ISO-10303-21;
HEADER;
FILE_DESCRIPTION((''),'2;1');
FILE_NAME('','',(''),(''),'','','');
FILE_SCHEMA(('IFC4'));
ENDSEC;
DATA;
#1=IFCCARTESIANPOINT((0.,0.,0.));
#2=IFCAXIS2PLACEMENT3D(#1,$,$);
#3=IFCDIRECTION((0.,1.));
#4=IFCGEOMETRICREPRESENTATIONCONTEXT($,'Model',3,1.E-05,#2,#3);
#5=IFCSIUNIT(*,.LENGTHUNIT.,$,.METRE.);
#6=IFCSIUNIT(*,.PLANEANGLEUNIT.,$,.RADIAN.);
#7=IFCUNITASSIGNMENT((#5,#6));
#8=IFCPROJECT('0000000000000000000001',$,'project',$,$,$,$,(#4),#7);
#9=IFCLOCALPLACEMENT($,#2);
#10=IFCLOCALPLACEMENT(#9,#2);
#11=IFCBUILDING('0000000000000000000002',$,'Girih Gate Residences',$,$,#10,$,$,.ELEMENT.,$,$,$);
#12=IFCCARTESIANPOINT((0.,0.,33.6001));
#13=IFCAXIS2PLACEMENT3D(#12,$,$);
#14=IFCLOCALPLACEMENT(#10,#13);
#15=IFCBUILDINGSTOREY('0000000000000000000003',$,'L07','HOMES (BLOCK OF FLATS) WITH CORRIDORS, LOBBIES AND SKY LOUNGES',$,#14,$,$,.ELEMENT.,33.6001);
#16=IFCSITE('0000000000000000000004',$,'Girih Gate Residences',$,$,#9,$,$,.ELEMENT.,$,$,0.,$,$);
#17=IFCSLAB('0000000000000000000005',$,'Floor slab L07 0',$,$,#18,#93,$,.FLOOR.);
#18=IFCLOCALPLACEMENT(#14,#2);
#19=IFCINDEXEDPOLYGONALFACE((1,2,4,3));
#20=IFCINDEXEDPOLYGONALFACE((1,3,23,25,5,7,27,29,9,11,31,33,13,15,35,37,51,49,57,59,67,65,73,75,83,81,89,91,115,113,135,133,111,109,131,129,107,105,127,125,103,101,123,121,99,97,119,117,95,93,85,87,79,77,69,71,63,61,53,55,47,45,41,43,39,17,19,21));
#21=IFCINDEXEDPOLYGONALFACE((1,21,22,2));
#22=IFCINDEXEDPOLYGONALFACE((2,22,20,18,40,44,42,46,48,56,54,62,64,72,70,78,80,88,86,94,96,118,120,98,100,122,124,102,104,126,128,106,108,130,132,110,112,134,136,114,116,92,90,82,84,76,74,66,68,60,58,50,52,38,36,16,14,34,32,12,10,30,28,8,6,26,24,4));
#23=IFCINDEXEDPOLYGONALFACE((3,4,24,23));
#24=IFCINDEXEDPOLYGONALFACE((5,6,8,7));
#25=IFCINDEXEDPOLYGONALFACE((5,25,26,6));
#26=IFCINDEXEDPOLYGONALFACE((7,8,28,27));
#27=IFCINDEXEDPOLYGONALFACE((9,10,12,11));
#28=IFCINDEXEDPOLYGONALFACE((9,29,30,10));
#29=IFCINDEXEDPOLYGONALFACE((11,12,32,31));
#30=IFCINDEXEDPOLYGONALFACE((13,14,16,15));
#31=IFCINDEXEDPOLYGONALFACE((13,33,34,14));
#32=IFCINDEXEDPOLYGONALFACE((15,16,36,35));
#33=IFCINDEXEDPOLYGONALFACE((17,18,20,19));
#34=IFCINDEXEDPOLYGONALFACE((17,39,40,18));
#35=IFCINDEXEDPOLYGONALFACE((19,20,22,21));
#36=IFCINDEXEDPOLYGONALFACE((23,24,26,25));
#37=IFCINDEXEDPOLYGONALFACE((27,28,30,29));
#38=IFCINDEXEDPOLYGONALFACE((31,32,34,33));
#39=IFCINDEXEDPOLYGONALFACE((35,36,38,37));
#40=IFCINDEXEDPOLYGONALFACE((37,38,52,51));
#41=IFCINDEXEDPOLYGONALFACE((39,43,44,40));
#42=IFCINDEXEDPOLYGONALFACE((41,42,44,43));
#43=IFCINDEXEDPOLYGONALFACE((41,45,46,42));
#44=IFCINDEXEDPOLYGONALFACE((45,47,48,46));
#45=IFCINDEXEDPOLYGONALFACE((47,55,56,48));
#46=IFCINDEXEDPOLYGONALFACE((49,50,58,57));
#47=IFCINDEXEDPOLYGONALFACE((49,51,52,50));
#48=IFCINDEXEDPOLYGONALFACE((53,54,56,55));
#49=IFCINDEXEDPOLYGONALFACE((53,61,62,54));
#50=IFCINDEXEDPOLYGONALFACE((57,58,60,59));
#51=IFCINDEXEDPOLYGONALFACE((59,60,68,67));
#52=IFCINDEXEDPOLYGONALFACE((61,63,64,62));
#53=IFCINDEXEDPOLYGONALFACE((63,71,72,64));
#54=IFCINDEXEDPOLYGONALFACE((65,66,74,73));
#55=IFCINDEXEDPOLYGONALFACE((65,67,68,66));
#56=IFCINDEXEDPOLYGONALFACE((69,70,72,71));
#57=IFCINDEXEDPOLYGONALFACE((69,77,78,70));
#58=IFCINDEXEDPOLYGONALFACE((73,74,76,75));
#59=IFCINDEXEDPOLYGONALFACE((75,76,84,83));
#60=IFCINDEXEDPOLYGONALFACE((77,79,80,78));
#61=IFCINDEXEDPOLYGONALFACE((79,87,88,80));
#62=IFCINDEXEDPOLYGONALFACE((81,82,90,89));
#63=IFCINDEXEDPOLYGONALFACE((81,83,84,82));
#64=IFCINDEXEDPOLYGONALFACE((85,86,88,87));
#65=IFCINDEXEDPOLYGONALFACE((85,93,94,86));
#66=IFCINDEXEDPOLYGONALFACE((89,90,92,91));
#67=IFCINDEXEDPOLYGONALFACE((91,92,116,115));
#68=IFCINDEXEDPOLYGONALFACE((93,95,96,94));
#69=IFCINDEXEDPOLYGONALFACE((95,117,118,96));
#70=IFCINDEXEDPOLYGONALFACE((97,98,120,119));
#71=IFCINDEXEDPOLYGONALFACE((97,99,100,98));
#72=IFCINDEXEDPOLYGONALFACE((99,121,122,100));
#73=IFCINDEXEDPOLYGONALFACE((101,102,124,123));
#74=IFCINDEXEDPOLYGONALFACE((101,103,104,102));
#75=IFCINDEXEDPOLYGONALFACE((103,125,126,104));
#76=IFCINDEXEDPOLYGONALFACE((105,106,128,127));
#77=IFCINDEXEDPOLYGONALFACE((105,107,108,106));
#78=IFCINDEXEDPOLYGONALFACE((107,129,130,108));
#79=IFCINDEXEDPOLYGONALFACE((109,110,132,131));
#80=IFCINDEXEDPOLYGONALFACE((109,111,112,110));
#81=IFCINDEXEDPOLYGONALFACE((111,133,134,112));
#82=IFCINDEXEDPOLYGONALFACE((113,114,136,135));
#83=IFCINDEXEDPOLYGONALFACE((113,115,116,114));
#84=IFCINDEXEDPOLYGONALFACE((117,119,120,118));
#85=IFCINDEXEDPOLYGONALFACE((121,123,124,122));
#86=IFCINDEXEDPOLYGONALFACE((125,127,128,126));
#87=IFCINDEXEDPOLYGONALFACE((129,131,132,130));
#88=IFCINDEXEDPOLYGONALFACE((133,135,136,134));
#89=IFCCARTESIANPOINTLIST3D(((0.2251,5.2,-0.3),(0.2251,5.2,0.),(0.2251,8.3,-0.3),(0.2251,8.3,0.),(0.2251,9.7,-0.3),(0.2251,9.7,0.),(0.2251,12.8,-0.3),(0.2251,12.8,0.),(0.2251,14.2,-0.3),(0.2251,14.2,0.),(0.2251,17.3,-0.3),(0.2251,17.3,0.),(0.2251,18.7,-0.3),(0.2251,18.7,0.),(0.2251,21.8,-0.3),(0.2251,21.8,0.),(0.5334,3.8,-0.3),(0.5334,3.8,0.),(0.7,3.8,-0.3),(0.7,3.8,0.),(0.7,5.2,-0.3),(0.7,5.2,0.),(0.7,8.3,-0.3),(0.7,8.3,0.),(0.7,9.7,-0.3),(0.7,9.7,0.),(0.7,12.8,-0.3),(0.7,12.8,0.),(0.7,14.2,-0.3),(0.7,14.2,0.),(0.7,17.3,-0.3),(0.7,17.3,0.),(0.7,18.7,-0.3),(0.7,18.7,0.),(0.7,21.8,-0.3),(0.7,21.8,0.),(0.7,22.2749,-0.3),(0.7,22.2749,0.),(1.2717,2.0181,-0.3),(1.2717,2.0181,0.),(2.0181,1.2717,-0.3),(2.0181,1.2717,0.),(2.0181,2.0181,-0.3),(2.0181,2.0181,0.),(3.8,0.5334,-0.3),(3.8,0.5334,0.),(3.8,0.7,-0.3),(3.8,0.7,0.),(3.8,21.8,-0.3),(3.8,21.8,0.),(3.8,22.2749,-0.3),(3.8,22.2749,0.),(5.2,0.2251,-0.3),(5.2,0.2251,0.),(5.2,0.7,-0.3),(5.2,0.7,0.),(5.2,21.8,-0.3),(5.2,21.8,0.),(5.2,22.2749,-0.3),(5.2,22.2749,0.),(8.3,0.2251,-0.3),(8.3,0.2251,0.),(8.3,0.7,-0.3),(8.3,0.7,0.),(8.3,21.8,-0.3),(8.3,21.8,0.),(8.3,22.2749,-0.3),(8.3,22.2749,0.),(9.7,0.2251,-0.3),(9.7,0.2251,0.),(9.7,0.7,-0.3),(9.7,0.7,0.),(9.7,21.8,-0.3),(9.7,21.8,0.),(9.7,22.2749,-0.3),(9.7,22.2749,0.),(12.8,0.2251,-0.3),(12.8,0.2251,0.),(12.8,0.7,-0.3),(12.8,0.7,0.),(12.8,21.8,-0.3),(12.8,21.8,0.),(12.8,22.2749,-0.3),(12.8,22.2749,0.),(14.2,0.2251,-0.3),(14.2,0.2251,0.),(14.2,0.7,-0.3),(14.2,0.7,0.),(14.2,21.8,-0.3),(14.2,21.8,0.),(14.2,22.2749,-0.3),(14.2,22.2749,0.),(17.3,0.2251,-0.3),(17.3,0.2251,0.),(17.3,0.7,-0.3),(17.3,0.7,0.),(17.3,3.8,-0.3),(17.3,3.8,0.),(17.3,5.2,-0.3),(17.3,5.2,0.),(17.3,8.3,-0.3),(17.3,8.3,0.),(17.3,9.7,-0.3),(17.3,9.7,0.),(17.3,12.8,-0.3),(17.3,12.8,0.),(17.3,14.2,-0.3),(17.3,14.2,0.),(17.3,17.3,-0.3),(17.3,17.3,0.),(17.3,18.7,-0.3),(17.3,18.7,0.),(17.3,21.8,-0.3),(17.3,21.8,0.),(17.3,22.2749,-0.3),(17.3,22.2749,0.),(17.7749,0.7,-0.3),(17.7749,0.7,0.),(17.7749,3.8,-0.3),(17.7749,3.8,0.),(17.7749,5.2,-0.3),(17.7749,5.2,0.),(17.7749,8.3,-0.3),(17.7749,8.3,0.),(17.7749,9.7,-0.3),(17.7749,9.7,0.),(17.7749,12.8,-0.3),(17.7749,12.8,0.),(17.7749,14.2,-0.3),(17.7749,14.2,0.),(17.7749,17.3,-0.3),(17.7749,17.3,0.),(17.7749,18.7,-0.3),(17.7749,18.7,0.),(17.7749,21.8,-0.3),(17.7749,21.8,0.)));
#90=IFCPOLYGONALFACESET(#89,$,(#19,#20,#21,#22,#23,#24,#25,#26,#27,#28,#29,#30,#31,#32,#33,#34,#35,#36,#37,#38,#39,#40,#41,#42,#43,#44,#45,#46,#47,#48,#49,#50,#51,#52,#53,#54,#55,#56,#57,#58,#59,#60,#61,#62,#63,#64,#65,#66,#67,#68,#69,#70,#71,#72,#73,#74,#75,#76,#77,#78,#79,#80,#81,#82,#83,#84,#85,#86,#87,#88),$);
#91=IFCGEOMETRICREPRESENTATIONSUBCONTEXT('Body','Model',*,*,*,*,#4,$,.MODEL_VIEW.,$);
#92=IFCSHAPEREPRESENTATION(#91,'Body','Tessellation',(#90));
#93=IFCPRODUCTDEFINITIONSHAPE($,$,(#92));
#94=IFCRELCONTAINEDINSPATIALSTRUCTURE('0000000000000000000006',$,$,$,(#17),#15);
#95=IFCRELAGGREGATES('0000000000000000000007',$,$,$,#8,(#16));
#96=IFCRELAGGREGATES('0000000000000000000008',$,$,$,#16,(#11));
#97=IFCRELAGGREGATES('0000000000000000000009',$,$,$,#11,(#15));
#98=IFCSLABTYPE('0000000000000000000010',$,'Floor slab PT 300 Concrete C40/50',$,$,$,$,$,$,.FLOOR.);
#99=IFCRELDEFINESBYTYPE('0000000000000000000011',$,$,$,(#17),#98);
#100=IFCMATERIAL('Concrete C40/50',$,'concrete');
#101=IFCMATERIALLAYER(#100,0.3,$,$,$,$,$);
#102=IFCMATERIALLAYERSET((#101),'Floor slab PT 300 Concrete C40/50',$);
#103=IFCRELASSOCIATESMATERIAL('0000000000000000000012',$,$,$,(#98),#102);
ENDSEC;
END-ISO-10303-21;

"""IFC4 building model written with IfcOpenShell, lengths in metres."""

from ifc_helpers import new_model, si_unit, direction, frame, origin, place, context, subcontext, project, spatial, polyline, outline, extrude, material, layer, layer_set, type_object, element, save


model = new_model("IFC4")

# Units and contexts
model_context = context("Model", 3, precision=1e-05, world=origin(), true_north=direction((0.0, 1.0)))
body_context = subcontext(model_context, "Body", "Model", "MODEL_VIEW")
ifc_project = project(units=[si_unit("LENGTHUNIT", "METRE"), si_unit("PLANEANGLEUNIT", "RADIAN")], contexts=[model_context])

# Site, building, storey
site_placement = place(None, origin())
site = spatial("IfcSite", under=ifc_project, at=site_placement, Name="Girih Gate Residences", CompositionType="ELEMENT", RefElevation=0.0)
building_placement = place(site_placement, origin())
building = spatial("IfcBuilding", under=site, at=building_placement, Name="Girih Gate Residences", CompositionType="ELEMENT")
storey_placement = place(building_placement, frame((0.0, 0.0, 33.6001)))
storey = spatial("IfcBuildingStorey", under=building, at=storey_placement, Name="L07", Description="HOMES (BLOCK OF FLATS) WITH CORRIDORS, LOBBIES AND SKY LOUNGES", CompositionType="ELEMENT", Elevation=33.6001)

# Slab
ifc_material_1 = material(Name="Concrete C40/50", Category="concrete")
ifc_layer_1 = layer(ifc_material_1, 0.3)
ifc_layer_set_1 = layer_set([ifc_layer_1], Name="Floor slab PT 300 Concrete C40/50")
slab_type_1 = type_object("IfcSlabType", Name="Floor slab PT 300 Concrete C40/50", PredefinedType="FLOOR", material=ifc_layer_set_1)
slab_1_placement = place(storey_placement, frame((0.0, 0.0, -0.3)))
element("IfcSlab", 1, at=slab_1_placement, inside=storey, type_object=slab_type_1, Name="Floor slab L07 0", PredefinedType="FLOOR", context=body_context, shape_type="SweptSolid", body=[
    extrude(outline(polyline([(0.2251, 8.3), (0.2251, 5.2), (0.7, 5.2), (0.7, 3.8), (0.5334, 3.8), (1.2717, 2.0181), (2.0181, 2.0181), (2.0181, 1.2717), (3.8, 0.5334), (3.8, 0.7), (5.2, 0.7), (5.2, 0.2251), (8.3, 0.2251), (8.3, 0.7), (9.7, 0.7), (9.7, 0.2251), (12.8, 0.2251), (12.8, 0.7), (14.2, 0.7), (14.2, 0.2251), (17.3, 0.2251), (17.3, 0.7), (17.7749, 0.7), (17.7749, 3.8), (17.3, 3.8), (17.3, 5.2), (17.7749, 5.2), (17.7749, 8.3), (17.3, 8.3), (17.3, 9.7), (17.7749, 9.7), (17.7749, 12.8), (17.3, 12.8), (17.3, 14.2), (17.7749, 14.2), (17.7749, 17.3), (17.3, 17.3), (17.3, 18.7), (17.7749, 18.7), (17.7749, 21.8), (17.3, 21.8), (17.3, 22.2749), (14.2, 22.2749), (14.2, 21.8), (12.8, 21.8), (12.8, 22.2749), (9.7, 22.2749), (9.7, 21.8), (8.3, 21.8), (8.3, 22.2749), (5.2, 22.2749), (5.2, 21.8), (3.8, 21.8), (3.8, 22.2749), (0.7, 22.2749), (0.7, 21.8), (0.2251, 21.8), (0.2251, 18.7), (0.7, 18.7), (0.7, 17.3), (0.2251, 17.3), (0.2251, 14.2), (0.7, 14.2), (0.7, 12.8), (0.2251, 12.8), (0.2251, 9.7), (0.7, 9.7), (0.7, 8.3), (0.2251, 8.3)])), origin(), (0.0, 0.0, 1.0), 0.3),
])

save(model, "model.ifc")
